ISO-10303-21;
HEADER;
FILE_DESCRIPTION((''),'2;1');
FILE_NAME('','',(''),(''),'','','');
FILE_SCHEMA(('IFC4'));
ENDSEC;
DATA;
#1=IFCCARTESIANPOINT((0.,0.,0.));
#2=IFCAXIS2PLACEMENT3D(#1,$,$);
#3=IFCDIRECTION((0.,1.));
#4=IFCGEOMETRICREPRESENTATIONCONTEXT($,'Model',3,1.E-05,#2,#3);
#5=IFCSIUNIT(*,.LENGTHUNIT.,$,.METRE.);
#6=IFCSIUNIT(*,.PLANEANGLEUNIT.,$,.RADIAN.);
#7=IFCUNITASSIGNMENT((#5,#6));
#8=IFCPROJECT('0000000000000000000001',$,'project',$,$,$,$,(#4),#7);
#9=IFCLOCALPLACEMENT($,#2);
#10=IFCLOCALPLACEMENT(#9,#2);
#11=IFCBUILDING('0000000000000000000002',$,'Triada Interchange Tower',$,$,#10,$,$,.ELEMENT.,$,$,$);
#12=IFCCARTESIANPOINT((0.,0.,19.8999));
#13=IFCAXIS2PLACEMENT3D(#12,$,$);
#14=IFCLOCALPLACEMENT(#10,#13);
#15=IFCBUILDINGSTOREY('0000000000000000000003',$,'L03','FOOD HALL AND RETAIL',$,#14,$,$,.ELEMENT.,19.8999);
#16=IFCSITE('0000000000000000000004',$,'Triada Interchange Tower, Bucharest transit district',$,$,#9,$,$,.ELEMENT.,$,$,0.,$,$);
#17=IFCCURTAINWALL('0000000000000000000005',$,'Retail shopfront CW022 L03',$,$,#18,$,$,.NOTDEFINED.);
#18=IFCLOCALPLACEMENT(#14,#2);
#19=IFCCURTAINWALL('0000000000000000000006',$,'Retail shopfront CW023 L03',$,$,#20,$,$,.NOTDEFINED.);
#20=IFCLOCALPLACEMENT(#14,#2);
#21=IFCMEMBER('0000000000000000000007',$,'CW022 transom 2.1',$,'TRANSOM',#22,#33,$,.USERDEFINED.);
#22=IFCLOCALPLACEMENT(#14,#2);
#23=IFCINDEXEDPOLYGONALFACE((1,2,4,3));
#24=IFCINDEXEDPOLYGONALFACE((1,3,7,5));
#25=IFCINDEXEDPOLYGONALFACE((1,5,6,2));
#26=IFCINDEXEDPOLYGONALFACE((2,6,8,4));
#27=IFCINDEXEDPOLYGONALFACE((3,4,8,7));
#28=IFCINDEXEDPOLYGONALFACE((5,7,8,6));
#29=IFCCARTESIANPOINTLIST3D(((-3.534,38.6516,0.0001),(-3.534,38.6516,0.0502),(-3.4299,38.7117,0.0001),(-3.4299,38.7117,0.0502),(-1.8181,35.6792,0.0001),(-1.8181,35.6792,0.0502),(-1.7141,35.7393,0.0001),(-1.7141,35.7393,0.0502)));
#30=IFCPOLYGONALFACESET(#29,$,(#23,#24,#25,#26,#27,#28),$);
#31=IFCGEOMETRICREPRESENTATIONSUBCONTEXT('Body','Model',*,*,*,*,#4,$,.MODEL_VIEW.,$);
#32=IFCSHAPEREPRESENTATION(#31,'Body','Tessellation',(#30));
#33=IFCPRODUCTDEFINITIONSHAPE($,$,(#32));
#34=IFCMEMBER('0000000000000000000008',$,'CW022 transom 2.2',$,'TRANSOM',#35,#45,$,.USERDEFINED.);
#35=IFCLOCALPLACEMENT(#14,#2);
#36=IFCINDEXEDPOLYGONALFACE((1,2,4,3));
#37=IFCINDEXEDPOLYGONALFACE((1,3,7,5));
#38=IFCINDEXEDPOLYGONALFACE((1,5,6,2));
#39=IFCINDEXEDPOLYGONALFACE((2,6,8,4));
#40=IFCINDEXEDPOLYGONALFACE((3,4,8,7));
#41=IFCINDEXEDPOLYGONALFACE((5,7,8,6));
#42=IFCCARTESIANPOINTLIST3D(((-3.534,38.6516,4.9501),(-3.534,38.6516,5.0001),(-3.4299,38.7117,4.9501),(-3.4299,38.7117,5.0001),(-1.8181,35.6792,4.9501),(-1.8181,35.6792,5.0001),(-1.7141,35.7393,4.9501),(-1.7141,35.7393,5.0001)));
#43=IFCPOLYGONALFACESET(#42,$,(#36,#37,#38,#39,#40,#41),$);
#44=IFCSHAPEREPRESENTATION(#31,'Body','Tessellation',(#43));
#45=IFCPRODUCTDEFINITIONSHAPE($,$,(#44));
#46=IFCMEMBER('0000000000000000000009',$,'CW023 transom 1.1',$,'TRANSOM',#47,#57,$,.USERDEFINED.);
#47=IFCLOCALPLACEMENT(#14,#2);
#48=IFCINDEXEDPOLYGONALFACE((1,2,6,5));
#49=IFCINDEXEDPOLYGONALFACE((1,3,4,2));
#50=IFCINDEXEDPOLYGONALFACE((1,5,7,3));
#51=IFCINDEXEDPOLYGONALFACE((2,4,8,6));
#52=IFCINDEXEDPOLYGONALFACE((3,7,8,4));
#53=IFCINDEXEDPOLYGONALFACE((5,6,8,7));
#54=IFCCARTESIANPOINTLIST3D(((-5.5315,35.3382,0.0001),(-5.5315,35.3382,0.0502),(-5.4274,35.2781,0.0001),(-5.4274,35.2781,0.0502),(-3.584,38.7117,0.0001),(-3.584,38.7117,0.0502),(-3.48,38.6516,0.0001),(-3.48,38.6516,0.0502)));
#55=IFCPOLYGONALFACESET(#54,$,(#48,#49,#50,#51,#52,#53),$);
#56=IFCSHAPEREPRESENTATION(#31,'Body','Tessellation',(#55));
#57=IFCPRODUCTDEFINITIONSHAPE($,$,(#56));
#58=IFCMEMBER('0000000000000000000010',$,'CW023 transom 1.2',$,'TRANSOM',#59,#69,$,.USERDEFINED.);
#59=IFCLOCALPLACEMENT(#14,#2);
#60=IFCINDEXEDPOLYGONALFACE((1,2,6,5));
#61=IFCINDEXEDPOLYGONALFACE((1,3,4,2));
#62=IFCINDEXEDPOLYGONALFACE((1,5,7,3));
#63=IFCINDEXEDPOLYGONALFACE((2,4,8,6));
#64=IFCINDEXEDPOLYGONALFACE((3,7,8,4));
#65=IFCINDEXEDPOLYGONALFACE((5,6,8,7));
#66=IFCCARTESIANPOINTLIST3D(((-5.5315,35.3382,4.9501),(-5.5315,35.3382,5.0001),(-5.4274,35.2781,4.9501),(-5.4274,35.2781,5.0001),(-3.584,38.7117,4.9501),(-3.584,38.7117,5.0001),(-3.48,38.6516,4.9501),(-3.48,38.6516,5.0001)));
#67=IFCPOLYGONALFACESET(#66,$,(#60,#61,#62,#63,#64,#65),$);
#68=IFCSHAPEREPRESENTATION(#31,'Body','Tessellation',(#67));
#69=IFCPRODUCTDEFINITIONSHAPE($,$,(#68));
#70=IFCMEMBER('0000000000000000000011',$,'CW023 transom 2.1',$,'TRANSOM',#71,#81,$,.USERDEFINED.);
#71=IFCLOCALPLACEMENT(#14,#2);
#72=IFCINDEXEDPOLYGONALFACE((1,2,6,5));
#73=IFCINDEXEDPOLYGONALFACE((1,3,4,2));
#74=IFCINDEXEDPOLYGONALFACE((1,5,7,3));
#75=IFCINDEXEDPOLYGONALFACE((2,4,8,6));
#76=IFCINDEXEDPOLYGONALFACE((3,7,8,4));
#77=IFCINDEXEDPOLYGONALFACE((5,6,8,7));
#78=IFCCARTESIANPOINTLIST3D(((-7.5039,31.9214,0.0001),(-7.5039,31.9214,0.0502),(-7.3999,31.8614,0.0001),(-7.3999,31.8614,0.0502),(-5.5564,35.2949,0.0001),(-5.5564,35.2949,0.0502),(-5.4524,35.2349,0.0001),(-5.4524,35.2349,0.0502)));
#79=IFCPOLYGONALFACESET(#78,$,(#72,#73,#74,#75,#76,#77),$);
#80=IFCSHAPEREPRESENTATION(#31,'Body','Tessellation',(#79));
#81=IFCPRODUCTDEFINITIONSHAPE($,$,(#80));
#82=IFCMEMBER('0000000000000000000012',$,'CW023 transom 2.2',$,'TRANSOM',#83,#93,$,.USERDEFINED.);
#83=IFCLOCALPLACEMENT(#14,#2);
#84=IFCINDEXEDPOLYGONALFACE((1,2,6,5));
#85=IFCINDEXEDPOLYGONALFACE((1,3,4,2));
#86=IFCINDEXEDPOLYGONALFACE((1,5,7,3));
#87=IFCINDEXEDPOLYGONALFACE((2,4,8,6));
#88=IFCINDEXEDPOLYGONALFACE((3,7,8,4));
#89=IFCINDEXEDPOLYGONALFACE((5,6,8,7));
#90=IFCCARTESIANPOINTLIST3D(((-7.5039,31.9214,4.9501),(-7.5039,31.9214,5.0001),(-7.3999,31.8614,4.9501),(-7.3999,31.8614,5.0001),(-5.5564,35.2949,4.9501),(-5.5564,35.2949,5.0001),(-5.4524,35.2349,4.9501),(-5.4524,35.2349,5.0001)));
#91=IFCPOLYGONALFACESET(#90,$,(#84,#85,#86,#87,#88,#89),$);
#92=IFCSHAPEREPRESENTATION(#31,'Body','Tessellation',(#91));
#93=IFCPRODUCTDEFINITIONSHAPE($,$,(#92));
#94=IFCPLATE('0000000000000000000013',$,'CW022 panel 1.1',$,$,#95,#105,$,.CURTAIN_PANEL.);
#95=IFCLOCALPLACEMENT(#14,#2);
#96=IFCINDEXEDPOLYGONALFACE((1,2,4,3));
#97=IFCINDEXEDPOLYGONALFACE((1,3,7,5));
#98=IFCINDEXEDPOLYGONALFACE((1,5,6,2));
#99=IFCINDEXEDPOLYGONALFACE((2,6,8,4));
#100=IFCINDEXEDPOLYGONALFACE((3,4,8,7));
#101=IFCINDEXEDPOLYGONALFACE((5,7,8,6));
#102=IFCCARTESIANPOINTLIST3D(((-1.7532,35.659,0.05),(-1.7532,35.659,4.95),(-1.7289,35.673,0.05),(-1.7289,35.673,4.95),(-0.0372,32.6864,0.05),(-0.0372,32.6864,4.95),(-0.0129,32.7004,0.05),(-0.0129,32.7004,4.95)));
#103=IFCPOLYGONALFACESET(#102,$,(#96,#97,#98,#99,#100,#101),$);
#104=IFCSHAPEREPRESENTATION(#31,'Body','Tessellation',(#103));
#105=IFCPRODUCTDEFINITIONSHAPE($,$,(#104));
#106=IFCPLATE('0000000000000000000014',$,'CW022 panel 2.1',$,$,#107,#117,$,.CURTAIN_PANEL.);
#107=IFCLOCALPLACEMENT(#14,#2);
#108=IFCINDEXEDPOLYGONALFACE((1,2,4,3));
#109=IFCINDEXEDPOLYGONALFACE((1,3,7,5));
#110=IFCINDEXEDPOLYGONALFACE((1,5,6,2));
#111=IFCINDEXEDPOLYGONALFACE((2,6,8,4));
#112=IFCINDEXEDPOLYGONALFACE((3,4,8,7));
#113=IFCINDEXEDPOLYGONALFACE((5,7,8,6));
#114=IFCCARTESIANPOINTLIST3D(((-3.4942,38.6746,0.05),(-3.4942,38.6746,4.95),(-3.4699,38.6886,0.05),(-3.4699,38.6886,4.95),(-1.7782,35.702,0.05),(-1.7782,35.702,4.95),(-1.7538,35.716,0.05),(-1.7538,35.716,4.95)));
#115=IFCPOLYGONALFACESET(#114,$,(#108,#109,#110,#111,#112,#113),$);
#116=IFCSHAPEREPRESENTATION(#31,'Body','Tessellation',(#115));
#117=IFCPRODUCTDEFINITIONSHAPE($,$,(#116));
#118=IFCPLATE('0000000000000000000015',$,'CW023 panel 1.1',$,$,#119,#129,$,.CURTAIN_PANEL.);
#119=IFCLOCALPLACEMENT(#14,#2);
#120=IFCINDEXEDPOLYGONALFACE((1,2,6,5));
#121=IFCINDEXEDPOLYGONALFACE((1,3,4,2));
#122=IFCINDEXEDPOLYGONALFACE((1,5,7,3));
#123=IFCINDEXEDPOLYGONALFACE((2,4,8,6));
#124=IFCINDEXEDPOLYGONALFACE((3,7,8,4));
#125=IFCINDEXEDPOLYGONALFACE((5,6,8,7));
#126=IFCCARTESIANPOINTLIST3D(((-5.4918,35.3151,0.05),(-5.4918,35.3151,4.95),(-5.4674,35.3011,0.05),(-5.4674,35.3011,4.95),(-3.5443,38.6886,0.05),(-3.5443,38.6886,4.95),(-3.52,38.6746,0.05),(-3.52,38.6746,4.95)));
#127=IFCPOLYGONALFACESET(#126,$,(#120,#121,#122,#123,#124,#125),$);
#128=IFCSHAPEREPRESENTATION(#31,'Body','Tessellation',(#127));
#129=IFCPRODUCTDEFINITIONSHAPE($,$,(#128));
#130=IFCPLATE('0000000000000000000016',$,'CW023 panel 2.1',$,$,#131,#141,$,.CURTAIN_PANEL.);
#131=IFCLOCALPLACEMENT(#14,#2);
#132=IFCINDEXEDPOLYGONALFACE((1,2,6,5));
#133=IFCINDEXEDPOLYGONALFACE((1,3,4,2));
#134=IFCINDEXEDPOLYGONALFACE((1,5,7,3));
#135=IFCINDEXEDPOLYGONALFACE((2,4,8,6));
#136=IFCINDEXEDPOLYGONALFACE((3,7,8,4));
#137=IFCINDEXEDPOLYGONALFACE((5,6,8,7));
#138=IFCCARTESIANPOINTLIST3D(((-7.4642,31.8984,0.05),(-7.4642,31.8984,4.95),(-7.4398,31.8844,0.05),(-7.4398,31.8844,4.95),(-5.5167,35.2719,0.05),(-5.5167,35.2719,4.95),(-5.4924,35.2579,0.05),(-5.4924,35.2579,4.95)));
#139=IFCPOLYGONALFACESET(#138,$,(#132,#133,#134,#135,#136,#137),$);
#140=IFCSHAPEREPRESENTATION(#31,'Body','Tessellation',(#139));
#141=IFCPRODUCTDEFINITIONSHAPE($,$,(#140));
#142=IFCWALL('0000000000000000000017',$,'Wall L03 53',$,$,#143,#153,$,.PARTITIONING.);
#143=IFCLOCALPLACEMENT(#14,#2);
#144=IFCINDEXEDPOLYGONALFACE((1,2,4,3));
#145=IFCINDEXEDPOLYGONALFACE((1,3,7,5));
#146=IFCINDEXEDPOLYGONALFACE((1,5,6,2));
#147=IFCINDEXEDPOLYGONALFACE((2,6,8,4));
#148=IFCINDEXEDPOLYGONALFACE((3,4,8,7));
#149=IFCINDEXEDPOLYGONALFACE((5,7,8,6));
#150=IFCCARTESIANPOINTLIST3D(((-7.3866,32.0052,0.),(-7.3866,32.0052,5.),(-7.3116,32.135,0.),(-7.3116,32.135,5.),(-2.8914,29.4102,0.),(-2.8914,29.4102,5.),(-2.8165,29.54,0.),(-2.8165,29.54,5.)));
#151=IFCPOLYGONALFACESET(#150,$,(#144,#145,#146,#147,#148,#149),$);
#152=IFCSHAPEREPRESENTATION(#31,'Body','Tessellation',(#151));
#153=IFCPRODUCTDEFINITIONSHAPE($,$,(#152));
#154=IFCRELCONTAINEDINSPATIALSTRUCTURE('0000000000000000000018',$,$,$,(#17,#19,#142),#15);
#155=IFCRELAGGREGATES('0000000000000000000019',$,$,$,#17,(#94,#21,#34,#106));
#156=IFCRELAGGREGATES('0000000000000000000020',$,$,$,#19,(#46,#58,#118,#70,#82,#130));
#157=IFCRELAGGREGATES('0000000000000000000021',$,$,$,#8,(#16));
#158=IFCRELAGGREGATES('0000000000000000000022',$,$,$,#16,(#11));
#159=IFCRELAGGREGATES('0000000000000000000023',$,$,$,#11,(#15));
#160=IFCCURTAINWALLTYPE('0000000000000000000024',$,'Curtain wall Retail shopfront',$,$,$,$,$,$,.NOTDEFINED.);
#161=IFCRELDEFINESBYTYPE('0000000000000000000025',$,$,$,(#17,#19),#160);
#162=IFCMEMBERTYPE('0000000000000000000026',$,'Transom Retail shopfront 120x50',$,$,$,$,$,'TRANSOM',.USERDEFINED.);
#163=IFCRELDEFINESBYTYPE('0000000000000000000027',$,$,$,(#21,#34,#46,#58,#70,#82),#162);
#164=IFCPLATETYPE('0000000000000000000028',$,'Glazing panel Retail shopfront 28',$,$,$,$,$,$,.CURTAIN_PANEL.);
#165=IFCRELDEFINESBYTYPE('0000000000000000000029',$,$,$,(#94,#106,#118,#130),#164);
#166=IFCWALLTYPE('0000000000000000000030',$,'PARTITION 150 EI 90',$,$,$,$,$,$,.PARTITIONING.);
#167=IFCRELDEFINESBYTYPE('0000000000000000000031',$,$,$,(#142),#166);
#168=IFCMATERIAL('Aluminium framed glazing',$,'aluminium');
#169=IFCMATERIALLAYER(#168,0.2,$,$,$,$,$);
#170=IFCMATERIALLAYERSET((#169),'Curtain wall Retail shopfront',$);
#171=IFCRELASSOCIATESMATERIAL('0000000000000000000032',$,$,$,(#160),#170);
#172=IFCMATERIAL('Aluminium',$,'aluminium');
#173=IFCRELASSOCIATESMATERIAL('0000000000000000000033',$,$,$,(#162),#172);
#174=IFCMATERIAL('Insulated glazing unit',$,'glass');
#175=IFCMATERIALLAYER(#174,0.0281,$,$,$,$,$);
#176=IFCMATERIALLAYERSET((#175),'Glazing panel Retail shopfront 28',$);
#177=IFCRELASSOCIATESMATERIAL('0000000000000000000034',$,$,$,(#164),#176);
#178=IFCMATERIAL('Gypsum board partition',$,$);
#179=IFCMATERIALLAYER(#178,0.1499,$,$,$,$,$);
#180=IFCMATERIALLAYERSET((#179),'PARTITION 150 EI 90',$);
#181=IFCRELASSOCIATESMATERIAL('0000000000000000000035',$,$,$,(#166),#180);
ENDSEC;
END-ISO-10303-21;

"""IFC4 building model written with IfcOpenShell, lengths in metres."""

from ifc_helpers import new_model, si_unit, direction, frame, frame_2d, origin, origin_2d, place, context, subcontext, project, spatial, rectangle, extrude, material, layer, layer_set, material_profile, profile_set, type_object, element, aggregate, save


model = new_model("IFC4")

# Units and contexts
model_context = context("Model", 3, precision=1e-05, world=origin(), true_north=direction((0.0, 1.0)))
body_context = subcontext(model_context, "Body", "Model", "MODEL_VIEW")
ifc_project = project(units=[si_unit("LENGTHUNIT", "METRE"), si_unit("PLANEANGLEUNIT", "RADIAN")], contexts=[model_context])

# Site, building, storey
site_placement = place(None, origin())
site = spatial("IfcSite", under=ifc_project, at=site_placement, Name="Triada Interchange Tower, Bucharest transit district", CompositionType="ELEMENT", RefElevation=0.0)
building_placement = place(site_placement, origin())
building = spatial("IfcBuilding", under=site, at=building_placement, Name="Triada Interchange Tower", CompositionType="ELEMENT")
storey_placement = place(building_placement, frame((0.0, 0.0, 19.8999)))
storey = spatial("IfcBuildingStorey", under=building, at=storey_placement, Name="L03", Description="FOOD HALL AND RETAIL", CompositionType="ELEMENT", Elevation=19.8999)

# Curtain walls
ifc_material_1 = material(Name="Aluminium framed glazing", Category="aluminium")
ifc_layer_1 = layer(ifc_material_1, 0.2)
ifc_layer_set_1 = layer_set([ifc_layer_1], Name="Curtain wall Retail shopfront")
curtain_wall_type = type_object("IfcCurtainWallType", Name="Curtain wall Retail shopfront", PredefinedType="NOTDEFINED", material=ifc_layer_set_1)
curtain_wall_1_placement = place(storey_placement, origin())
curtain_wall_1 = element("IfcCurtainWall", 1, at=curtain_wall_1_placement, inside=storey, type_object=curtain_wall_type, Name="Retail shopfront CW022 L03", PredefinedType="NOTDEFINED")
ifc_material_2 = material(Name="Aluminium", Category="aluminium")
curtain_wall_2_placement = place(storey_placement, origin())
curtain_wall_2 = element("IfcCurtainWall", 2, at=curtain_wall_2_placement, inside=storey, type_object=curtain_wall_type, Name="Retail shopfront CW023 L03", PredefinedType="NOTDEFINED")

# Members
ifc_material_profile_1 = material_profile(ifc_material_2, rectangle(XDim=0.1201, YDim=0.05, at=origin_2d()), Name="Aluminium transom")
ifc_profile_set_1 = profile_set([ifc_material_profile_1], Name="Aluminium")
member_type_1 = type_object("IfcMemberType", Name="Transom Retail shopfront 120x50", ElementType="TRANSOM", PredefinedType="USERDEFINED", material=ifc_profile_set_1)
member_1_placement = place(storey_placement, frame((-1.7661, 35.7092, 0.0251), z_axis=(-0.499934, 0.866064, 0.0), x_axis=(-0.866064, -0.499934, 0.0)))
member_1 = element("IfcMember", 3, at=member_1_placement, type_object=member_type_1, Name="CW022 transom 2.1", ObjectType="TRANSOM", PredefinedType="USERDEFINED", context=body_context, shape_type="SweptSolid", body=[
    extrude(rectangle(XDim=0.1201, YDim=0.05, at=origin_2d()), origin(), (0.0, 0.0, 1.0), 3.4321),
])
member_2_placement = place(storey_placement, frame((-1.7661, 35.7092, 4.9751), z_axis=(-0.499934, 0.866064, 0.0), x_axis=(-0.866064, -0.499934, 0.0)))
member_2 = element("IfcMember", 4, at=member_2_placement, type_object=member_type_1, Name="CW022 transom 2.2", ObjectType="TRANSOM", PredefinedType="USERDEFINED", context=body_context, shape_type="SweptSolid", body=[
    extrude(rectangle(XDim=0.1201, YDim=0.05, at=origin_2d()), origin(), (0.0, 0.0, 1.0), 3.4321),
])
member_3_placement = place(storey_placement, frame((-3.532, 38.6816, 0.0251), z_axis=(-0.499961, -0.866048, 0.0), x_axis=(0.866048, -0.499961, 0.0)))
member_3 = element("IfcMember", 5, at=member_3_placement, type_object=member_type_1, Name="CW023 transom 1.1", ObjectType="TRANSOM", PredefinedType="USERDEFINED", context=body_context, shape_type="SweptSolid", body=[
    extrude(rectangle(XDim=0.1201, YDim=0.05, at=origin_2d()), origin(), (0.0, 0.0, 1.0), 3.8953),
])
member_4_placement = place(storey_placement, frame((-3.532, 38.6816, 4.9751), z_axis=(-0.499961, -0.866048, 0.0), x_axis=(0.866048, -0.499961, 0.0)))
member_4 = element("IfcMember", 6, at=member_4_placement, type_object=member_type_1, Name="CW023 transom 1.2", ObjectType="TRANSOM", PredefinedType="USERDEFINED", context=body_context, shape_type="SweptSolid", body=[
    extrude(rectangle(XDim=0.1201, YDim=0.05, at=origin_2d()), origin(), (0.0, 0.0, 1.0), 3.8953),
])
member_5_placement = place(storey_placement, frame((-5.5044, 35.2649, 0.0251), z_axis=(-0.499961, -0.866048, 0.0), x_axis=(0.866048, -0.499961, 0.0)))
member_5 = element("IfcMember", 7, at=member_5_placement, type_object=member_type_1, Name="CW023 transom 2.1", ObjectType="TRANSOM", PredefinedType="USERDEFINED", context=body_context, shape_type="SweptSolid", body=[
    extrude(rectangle(XDim=0.1201, YDim=0.05, at=origin_2d()), origin(), (0.0, 0.0, 1.0), 3.8953),
])
member_6_placement = place(storey_placement, frame((-5.5044, 35.2649, 4.9751), z_axis=(-0.499961, -0.866048, 0.0), x_axis=(0.866048, -0.499961, 0.0)))
member_6 = element("IfcMember", 8, at=member_6_placement, type_object=member_type_1, Name="CW023 transom 2.2", ObjectType="TRANSOM", PredefinedType="USERDEFINED", context=body_context, shape_type="SweptSolid", body=[
    extrude(rectangle(XDim=0.1201, YDim=0.05, at=origin_2d()), origin(), (0.0, 0.0, 1.0), 3.8953),
])

# Plates
ifc_material_3 = material(Name="Insulated glazing unit", Category="glass")
ifc_layer_2 = layer(ifc_material_3, 0.0281)
ifc_layer_set_2 = layer_set([ifc_layer_2], Name="Glazing panel Retail shopfront 28")
plate_type = type_object("IfcPlateType", Name="Glazing panel Retail shopfront 28", PredefinedType="CURTAIN_PANEL", material=ifc_layer_set_2)
plate_1_placement = place(storey_placement, frame((-0.8831, 34.1797, 0.05), z_axis=(0.0, 0.0, 1.0), x_axis=(-0.499957, 0.86605, 0.0)))
plate_1 = element("IfcPlate", 9, at=plate_1_placement, type_object=plate_type, Name="CW022 panel 1.1", PredefinedType="CURTAIN_PANEL", context=body_context, shape_type="SweptSolid", body=[
    extrude(rectangle(XDim=3.4324, YDim=0.0281, at=origin_2d()), origin(), (0.0, 0.0, 1.0), 4.8999),
])
plate_2_placement = place(storey_placement, frame((-2.624, 37.1953, 0.05), z_axis=(0.0, 0.0, 1.0), x_axis=(-0.499957, 0.86605, 0.0)))
plate_2 = element("IfcPlate", 10, at=plate_2_placement, type_object=plate_type, Name="CW022 panel 2.1", PredefinedType="CURTAIN_PANEL", context=body_context, shape_type="SweptSolid", body=[
    extrude(rectangle(XDim=3.4324, YDim=0.0281, at=origin_2d()), origin(), (0.0, 0.0, 1.0), 4.8999),
])
aggregate(curtain_wall_1, [plate_1, member_1, member_2, plate_2])
plate_3_placement = place(storey_placement, frame((-4.5059, 36.9949, 0.05), z_axis=(0.0, 0.0, 1.0), x_axis=(-0.499959, -0.866049, 0.0)))
plate_3 = element("IfcPlate", 11, at=plate_3_placement, type_object=plate_type, Name="CW023 panel 1.1", PredefinedType="CURTAIN_PANEL", context=body_context, shape_type="SweptSolid", body=[
    extrude(rectangle(XDim=3.8953, YDim=0.0281, at=origin_2d()), origin(), (0.0, 0.0, 1.0), 4.8999),
])
plate_4_placement = place(storey_placement, frame((-6.4783, 33.5781, 0.05), z_axis=(0.0, 0.0, 1.0), x_axis=(-0.499959, -0.866049, 0.0)))
plate_4 = element("IfcPlate", 12, at=plate_4_placement, type_object=plate_type, Name="CW023 panel 2.1", PredefinedType="CURTAIN_PANEL", context=body_context, shape_type="SweptSolid", body=[
    extrude(rectangle(XDim=3.8953, YDim=0.0281, at=origin_2d()), origin(), (0.0, 0.0, 1.0), 4.8999),
])
aggregate(curtain_wall_2, [member_3, member_4, plate_3, member_5, member_6, plate_4])

# Wall
ifc_material_4 = material(Name="Gypsum board partition")
ifc_layer_3 = layer(ifc_material_4, 0.1499)
ifc_layer_set_3 = layer_set([ifc_layer_3], Name="PARTITION 150 EI 90")
wall_type = type_object("IfcWallType", Name="PARTITION 150 EI 90", PredefinedType="PARTITIONING", material=ifc_layer_set_3)
wall_placement = place(storey_placement, frame((-7.3491, 32.0701, 0.0), z_axis=(0.0, 0.0, 1.0), x_axis=(0.866049, -0.499959, 0.0)))
element("IfcWall", 13, at=wall_placement, inside=storey, type_object=wall_type, Name="Wall L03 53", PredefinedType="PARTITIONING", context=body_context, shape_type="SweptSolid", body=[
    extrude(rectangle(XDim=5.1904, YDim=0.1499, at=frame_2d((2.5952, 0.0))), origin(), (0.0, 0.0, 1.0), 5.0),
])

save(model, "model.ifc")
